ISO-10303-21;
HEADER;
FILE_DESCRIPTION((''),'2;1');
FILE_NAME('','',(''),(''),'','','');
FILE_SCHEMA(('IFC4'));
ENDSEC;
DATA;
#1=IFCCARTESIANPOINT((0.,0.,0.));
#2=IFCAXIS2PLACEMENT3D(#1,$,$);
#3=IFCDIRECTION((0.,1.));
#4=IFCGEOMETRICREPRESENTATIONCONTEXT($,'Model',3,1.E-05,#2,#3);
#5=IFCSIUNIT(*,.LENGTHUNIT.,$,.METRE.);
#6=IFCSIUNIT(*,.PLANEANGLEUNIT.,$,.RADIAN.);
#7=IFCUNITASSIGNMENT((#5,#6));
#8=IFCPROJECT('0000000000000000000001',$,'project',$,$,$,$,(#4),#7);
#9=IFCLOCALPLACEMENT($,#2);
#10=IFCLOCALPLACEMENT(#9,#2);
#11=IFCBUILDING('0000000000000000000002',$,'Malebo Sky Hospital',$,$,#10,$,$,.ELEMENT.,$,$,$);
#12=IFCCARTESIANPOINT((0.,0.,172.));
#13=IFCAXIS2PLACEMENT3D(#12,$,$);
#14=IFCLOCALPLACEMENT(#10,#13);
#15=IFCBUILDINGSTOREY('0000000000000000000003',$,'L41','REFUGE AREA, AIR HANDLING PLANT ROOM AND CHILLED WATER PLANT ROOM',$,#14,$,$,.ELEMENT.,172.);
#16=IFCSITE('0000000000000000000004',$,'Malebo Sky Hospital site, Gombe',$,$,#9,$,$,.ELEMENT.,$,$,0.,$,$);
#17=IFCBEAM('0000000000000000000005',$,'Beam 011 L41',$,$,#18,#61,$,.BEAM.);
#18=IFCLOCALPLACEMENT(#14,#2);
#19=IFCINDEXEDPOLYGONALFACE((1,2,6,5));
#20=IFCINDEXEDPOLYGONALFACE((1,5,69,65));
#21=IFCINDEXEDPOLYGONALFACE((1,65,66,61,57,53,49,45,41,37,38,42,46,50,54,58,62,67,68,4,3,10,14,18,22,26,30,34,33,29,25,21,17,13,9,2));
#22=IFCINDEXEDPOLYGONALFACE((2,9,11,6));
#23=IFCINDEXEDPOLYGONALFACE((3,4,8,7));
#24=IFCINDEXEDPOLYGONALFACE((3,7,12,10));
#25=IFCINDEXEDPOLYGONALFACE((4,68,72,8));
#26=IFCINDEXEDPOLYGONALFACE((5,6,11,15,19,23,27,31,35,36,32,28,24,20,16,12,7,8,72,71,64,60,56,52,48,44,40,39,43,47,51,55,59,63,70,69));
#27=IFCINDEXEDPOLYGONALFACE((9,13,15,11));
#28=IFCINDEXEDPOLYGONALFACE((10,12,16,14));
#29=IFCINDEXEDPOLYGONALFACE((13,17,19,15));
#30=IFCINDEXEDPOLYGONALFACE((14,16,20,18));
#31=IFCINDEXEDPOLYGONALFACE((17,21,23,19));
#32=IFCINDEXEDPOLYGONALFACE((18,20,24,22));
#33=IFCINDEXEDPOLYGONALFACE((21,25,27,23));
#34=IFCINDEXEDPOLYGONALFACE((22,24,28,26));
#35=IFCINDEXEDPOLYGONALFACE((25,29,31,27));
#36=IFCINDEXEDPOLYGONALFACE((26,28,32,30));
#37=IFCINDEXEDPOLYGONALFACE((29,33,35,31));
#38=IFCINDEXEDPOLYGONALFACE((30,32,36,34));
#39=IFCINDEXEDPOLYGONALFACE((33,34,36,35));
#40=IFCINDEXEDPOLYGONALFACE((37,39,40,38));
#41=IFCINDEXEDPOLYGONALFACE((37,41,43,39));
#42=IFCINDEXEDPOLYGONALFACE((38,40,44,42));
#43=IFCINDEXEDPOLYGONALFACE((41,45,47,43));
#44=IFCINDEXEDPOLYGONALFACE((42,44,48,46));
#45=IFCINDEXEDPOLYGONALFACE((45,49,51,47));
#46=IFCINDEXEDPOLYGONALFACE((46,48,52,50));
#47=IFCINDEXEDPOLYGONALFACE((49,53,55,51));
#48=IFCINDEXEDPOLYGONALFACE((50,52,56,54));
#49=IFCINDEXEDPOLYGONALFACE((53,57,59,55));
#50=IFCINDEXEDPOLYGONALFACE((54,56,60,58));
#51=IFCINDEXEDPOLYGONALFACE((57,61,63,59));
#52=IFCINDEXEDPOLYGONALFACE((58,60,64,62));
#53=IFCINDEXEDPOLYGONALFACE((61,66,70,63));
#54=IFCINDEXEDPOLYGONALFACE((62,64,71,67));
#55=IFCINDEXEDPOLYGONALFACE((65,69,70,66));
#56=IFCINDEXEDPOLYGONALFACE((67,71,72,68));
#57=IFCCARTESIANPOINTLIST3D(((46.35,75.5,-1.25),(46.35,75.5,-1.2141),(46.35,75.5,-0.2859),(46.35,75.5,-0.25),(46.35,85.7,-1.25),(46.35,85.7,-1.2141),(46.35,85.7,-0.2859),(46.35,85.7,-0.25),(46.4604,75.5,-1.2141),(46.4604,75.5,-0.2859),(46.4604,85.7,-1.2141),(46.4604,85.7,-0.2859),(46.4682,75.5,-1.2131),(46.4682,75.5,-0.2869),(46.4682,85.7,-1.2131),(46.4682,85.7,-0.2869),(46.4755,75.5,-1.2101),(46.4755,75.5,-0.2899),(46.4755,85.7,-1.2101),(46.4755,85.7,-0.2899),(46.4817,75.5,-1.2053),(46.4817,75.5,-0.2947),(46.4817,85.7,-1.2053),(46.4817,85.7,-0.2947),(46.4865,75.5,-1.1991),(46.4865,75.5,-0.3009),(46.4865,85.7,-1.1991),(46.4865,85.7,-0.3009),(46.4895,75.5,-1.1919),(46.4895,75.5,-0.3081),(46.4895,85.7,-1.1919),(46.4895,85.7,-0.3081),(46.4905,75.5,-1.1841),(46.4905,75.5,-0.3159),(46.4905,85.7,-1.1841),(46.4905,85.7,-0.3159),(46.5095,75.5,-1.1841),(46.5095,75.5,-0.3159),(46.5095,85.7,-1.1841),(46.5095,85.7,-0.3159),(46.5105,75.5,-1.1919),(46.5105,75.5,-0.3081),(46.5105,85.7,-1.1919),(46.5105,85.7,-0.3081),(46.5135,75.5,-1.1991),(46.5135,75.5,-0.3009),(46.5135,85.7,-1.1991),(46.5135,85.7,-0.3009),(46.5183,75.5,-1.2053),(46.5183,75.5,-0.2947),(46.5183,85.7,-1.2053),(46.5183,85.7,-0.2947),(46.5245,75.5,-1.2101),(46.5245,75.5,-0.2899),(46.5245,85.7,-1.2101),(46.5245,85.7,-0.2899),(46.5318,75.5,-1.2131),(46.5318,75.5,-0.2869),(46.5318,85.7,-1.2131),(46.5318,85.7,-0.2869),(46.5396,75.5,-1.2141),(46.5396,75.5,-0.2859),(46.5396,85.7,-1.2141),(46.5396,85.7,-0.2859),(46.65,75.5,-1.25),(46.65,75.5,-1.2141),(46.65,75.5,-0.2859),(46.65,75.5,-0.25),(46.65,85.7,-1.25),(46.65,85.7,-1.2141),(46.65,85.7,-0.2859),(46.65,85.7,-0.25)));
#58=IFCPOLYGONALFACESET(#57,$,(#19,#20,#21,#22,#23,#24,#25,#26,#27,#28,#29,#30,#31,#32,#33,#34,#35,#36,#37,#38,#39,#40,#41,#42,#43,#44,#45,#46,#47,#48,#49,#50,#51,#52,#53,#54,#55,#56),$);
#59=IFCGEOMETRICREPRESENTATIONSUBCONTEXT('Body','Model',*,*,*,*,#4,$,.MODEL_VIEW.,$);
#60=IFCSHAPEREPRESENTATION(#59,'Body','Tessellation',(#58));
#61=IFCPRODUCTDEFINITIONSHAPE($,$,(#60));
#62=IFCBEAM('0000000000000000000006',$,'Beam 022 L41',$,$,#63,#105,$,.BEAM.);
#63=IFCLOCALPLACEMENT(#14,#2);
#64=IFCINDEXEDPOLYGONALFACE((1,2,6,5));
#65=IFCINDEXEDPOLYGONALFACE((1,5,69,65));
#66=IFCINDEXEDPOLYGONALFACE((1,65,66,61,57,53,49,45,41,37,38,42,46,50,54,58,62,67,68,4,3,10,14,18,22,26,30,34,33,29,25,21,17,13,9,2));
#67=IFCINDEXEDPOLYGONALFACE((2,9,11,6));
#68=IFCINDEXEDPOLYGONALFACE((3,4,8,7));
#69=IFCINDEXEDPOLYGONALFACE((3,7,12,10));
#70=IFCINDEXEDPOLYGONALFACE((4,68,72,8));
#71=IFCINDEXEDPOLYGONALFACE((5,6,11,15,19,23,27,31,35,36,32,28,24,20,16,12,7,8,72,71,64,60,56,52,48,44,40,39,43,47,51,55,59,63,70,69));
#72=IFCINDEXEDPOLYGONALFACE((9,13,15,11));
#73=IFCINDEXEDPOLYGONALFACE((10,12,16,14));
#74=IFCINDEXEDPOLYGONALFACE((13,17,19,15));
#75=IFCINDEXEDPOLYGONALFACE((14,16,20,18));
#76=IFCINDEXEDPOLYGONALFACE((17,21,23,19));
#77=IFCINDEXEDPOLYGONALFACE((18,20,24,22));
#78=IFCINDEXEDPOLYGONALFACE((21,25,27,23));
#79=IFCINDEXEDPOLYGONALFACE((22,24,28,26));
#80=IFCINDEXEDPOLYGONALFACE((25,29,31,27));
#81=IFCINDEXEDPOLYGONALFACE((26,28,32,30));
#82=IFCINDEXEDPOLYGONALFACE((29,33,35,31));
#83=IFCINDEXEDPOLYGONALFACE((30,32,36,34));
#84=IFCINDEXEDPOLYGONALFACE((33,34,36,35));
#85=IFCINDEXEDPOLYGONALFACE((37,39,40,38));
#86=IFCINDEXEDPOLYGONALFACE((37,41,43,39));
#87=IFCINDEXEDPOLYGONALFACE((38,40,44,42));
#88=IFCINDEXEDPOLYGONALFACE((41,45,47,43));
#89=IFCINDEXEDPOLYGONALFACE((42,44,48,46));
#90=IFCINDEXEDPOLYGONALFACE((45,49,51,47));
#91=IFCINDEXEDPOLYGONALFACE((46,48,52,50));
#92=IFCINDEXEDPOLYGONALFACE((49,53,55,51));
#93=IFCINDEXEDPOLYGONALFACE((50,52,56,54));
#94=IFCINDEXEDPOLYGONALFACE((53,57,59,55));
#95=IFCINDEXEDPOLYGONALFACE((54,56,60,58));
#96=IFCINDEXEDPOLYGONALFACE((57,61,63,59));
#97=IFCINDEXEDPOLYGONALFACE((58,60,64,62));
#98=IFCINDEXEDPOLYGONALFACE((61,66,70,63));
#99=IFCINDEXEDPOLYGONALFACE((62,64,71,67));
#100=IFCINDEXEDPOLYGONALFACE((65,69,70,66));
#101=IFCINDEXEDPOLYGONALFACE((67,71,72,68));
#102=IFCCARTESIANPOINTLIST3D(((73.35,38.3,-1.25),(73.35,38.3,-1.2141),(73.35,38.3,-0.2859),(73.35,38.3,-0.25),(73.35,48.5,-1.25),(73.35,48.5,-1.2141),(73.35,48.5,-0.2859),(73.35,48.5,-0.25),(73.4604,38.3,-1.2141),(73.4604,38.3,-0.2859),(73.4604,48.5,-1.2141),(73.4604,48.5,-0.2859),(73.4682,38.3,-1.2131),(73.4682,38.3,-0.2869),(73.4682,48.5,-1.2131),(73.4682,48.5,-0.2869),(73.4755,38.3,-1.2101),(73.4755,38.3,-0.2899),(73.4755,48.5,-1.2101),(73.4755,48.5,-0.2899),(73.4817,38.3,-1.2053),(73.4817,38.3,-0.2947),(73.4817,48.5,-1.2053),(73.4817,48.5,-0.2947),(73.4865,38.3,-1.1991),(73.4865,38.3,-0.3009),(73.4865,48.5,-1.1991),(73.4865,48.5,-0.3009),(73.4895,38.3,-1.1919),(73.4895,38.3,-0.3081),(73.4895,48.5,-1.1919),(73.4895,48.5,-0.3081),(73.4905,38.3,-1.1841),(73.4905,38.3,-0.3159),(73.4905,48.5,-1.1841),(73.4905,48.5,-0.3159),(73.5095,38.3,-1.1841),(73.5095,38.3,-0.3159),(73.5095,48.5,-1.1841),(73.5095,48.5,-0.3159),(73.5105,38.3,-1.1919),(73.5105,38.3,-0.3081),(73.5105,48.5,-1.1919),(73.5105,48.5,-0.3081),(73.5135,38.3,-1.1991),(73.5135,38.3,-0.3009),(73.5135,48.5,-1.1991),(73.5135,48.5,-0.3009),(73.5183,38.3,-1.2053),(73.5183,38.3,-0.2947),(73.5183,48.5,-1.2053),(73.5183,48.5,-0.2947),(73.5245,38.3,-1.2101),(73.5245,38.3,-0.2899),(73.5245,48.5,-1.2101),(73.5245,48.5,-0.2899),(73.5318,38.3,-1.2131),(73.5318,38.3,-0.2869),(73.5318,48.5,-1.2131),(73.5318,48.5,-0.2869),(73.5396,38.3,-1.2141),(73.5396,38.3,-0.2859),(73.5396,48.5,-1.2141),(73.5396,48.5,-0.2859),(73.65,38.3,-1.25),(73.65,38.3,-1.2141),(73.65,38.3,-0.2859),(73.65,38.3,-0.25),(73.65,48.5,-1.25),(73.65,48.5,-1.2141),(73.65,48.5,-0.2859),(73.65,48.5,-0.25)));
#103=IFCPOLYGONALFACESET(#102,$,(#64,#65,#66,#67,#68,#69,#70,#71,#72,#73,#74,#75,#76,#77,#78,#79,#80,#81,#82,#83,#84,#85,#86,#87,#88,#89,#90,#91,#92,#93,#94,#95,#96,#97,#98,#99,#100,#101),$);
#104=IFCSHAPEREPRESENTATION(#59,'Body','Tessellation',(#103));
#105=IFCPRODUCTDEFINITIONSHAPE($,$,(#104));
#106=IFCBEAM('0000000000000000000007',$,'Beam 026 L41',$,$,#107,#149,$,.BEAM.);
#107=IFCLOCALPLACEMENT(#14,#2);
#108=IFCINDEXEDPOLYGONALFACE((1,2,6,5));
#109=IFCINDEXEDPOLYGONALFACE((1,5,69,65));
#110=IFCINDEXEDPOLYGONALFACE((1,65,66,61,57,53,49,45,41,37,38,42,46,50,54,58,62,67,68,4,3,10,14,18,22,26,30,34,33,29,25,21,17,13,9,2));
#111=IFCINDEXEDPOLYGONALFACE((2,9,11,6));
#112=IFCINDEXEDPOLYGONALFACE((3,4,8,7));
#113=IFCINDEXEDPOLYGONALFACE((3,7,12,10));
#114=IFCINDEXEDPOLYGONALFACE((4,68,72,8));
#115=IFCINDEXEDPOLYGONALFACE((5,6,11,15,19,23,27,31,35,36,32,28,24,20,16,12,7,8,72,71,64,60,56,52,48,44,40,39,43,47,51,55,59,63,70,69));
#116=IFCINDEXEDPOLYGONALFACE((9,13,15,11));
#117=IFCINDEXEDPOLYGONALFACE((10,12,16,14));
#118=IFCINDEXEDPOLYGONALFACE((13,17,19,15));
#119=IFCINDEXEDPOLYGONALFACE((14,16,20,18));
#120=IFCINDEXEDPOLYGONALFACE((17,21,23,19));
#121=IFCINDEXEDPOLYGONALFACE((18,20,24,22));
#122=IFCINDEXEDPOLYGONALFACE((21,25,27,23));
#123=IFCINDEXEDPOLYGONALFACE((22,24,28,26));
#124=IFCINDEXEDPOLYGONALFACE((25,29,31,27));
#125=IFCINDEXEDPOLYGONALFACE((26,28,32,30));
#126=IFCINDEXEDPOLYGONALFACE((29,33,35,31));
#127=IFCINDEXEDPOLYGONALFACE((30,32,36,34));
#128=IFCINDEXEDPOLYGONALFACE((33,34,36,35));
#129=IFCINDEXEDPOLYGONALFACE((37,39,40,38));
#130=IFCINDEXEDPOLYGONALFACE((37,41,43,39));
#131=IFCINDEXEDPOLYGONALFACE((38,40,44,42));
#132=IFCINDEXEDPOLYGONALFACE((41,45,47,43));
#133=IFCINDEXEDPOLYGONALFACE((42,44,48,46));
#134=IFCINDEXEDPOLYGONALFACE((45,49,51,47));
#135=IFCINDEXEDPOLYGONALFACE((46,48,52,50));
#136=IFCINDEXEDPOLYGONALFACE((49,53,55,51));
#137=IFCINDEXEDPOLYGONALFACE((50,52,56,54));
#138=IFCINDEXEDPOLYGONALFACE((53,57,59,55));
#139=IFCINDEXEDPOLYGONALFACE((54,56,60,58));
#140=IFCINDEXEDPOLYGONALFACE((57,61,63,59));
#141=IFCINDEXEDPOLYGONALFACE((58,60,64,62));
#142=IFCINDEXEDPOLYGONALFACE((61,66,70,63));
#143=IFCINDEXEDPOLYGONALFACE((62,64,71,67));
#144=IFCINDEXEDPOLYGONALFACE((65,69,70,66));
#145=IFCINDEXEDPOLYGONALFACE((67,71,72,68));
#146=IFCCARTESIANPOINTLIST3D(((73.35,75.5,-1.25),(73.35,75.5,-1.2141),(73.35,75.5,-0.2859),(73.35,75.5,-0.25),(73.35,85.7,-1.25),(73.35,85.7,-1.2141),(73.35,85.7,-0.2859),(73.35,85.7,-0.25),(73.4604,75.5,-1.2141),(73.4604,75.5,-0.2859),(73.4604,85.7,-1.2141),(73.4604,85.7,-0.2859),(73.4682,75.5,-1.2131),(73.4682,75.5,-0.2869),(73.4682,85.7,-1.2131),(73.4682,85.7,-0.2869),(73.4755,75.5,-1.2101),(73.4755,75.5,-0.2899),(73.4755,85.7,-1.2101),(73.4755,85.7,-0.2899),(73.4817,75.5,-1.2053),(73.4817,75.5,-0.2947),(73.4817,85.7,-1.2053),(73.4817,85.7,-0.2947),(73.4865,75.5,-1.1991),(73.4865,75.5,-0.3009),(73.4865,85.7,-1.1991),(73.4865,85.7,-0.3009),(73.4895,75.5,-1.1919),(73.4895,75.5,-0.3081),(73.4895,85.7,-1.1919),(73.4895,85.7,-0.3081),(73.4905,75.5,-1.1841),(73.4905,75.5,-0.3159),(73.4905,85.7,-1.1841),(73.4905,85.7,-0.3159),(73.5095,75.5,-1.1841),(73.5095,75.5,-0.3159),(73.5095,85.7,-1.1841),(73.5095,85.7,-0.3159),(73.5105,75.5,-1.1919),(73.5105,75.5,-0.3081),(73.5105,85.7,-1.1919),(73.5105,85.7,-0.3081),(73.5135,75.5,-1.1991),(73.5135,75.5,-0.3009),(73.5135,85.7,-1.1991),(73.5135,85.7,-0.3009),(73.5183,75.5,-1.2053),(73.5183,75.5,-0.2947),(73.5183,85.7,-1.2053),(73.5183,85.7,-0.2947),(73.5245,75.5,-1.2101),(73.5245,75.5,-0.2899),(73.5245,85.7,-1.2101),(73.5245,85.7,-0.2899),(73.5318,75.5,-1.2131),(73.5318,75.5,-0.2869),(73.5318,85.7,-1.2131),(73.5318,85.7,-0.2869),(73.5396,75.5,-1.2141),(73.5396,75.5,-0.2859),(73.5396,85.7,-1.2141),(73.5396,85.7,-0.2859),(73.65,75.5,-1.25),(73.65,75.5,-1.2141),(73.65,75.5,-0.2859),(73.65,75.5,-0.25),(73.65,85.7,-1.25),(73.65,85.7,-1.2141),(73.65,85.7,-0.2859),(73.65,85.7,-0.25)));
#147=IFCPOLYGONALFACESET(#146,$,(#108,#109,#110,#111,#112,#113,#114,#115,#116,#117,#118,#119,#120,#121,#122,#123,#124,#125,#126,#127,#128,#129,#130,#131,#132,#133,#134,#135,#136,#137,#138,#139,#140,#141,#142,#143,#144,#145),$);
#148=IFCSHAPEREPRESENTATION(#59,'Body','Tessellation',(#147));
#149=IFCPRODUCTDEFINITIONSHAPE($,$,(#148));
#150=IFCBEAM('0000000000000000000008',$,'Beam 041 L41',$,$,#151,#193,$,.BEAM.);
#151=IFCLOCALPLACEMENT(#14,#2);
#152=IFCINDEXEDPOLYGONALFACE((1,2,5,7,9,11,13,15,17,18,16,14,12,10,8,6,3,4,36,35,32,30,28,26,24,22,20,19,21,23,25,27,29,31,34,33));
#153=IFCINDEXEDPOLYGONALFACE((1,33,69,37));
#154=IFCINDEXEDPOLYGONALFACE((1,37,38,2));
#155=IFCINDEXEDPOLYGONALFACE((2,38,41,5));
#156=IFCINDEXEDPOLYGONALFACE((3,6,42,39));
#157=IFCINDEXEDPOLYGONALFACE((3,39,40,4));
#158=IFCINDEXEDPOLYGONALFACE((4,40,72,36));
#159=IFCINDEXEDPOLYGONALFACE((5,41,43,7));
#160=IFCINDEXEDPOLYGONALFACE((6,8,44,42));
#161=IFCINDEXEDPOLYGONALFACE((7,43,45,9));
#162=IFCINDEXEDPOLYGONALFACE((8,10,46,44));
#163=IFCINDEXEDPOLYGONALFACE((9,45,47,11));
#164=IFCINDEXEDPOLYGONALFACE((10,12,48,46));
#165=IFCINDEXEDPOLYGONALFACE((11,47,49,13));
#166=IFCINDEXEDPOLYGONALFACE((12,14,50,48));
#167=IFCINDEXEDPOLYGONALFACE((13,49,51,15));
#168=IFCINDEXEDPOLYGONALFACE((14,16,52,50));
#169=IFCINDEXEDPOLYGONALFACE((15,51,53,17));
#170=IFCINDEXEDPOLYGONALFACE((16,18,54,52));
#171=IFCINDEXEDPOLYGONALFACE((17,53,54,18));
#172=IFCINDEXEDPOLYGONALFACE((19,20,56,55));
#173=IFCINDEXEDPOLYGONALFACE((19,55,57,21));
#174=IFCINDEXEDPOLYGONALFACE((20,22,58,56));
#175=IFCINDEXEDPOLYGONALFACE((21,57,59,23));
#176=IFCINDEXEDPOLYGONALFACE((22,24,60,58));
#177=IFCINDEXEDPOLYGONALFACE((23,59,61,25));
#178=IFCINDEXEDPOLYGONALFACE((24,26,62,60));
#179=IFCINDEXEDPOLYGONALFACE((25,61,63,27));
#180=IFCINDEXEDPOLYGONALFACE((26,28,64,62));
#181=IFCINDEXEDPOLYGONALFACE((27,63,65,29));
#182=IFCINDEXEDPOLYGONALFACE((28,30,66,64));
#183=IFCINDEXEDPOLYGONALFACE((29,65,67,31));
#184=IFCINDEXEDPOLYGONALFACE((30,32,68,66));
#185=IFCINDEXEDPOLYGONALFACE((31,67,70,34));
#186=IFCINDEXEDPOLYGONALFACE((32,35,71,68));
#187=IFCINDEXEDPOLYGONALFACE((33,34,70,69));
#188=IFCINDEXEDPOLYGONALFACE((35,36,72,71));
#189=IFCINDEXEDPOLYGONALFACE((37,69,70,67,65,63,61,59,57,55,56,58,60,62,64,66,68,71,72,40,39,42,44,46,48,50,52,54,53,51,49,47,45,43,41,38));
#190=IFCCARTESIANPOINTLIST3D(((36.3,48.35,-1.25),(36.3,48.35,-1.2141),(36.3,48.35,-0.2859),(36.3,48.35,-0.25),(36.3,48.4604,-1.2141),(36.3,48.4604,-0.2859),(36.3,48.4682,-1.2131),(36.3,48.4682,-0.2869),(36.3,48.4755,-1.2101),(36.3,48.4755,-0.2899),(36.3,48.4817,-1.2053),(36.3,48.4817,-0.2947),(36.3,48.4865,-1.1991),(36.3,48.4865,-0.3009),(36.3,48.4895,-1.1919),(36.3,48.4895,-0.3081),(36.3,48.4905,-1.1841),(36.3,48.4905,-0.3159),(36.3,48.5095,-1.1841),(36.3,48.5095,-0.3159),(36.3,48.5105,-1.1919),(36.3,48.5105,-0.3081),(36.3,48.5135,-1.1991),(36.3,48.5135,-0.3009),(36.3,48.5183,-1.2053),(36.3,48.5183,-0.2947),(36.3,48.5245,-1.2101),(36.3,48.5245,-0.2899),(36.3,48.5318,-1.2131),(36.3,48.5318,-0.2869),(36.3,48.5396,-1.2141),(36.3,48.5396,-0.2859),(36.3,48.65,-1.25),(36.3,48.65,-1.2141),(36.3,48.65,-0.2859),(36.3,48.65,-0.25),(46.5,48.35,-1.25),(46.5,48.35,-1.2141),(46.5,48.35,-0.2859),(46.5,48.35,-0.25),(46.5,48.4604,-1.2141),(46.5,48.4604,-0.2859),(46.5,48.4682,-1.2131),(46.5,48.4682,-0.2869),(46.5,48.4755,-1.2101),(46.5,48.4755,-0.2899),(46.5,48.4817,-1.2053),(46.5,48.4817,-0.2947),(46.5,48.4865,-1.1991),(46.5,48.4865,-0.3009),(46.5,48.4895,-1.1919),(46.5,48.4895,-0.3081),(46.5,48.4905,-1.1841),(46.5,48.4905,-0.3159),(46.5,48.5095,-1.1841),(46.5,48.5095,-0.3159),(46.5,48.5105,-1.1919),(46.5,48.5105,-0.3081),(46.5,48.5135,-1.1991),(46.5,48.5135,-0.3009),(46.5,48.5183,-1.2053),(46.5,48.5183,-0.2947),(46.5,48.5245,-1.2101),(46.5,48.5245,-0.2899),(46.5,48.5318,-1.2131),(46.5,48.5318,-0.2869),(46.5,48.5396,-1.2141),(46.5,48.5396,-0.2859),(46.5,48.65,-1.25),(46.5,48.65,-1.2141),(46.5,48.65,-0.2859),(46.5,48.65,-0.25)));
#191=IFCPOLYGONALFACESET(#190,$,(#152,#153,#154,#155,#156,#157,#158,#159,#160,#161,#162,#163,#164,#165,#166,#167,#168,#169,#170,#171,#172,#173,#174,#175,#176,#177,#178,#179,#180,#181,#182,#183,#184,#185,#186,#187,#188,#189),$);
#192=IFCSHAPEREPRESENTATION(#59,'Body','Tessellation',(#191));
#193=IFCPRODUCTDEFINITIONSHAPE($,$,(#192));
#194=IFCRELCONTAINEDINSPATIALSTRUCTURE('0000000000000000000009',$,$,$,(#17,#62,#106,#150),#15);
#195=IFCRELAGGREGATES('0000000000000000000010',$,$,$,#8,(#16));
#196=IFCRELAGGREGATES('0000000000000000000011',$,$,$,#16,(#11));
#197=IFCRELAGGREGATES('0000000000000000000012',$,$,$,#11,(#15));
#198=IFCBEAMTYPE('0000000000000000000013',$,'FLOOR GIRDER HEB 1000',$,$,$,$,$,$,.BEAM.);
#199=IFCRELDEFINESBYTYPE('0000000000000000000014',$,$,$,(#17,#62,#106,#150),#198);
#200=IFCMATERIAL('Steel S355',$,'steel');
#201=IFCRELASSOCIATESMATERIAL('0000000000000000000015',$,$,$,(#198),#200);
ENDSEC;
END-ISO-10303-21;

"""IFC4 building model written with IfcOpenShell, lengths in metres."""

from ifc_helpers import new_model, si_unit, direction, frame, origin, origin_2d, place, context, subcontext, project, spatial, i_section, extrude, material, material_profile, profile_set, type_object, element, save


model = new_model("IFC4")

# Units and contexts
model_context = context("Model", 3, precision=1e-05, world=origin(), true_north=direction((0.0, 1.0)))
body_context = subcontext(model_context, "Body", "Model", "MODEL_VIEW")
ifc_project = project(units=[si_unit("LENGTHUNIT", "METRE"), si_unit("PLANEANGLEUNIT", "RADIAN")], contexts=[model_context])

# Site, building, storey
site_placement = place(None, origin())
site = spatial("IfcSite", under=ifc_project, at=site_placement, Name="Malebo Sky Hospital site, Gombe", CompositionType="ELEMENT", RefElevation=0.0)
building_placement = place(site_placement, origin())
building = spatial("IfcBuilding", under=site, at=building_placement, Name="Malebo Sky Hospital", CompositionType="ELEMENT")
storey_placement = place(building_placement, frame((0.0, 0.0, 172.0)))
storey = spatial("IfcBuildingStorey", under=building, at=storey_placement, Name="L41", Description="REFUGE AREA, AIR HANDLING PLANT ROOM AND CHILLED WATER PLANT ROOM", CompositionType="ELEMENT", Elevation=172.0)

# Beams
ifc_material = material(Name="Steel S355", Category="steel")
ifc_material_profile_1 = material_profile(ifc_material, i_section(OverallWidth=0.3, OverallDepth=1.0, WebThickness=0.019, FlangeThickness=0.0359, FilletRadius=0.03, at=origin_2d()), Name="HEB 1000")
ifc_profile_set_1 = profile_set([ifc_material_profile_1], Name="Steel S355")
beam_type_1 = type_object("IfcBeamType", Name="FLOOR GIRDER HEB 1000", PredefinedType="BEAM", material=ifc_profile_set_1)
for number, where, z_axis, x_axis, name in (
    (1, (46.5, 75.5, -0.75), (0.0, 1.0, 0.0), (-1.0, 0.0, 0.0), "Beam 011 L41"),
    (2, (73.5, 38.3, -0.75), (0.0, 1.0, 0.0), (-1.0, 0.0, 0.0), "Beam 022 L41"),
    (3, (73.5, 75.5, -0.75), (0.0, 1.0, 0.0), (-1.0, 0.0, 0.0), "Beam 026 L41"),
    (4, (36.3, 48.5, -0.75), (1.0, 0.0, 0.0), (0.0, 1.0, 0.0), "Beam 041 L41"),
):
    element("IfcBeam", number, at=place(storey_placement, frame(where, z_axis=z_axis, x_axis=x_axis)), inside=storey, type_object=beam_type_1, Name=name, PredefinedType="BEAM", context=body_context, shape_type="SweptSolid", body=[
        extrude(i_section(OverallWidth=0.3, OverallDepth=1.0, WebThickness=0.019, FlangeThickness=0.0359, FilletRadius=0.03, at=origin_2d()), origin(), (0.0, 0.0, 1.0), 10.2),
    ])

save(model, "model.ifc")
